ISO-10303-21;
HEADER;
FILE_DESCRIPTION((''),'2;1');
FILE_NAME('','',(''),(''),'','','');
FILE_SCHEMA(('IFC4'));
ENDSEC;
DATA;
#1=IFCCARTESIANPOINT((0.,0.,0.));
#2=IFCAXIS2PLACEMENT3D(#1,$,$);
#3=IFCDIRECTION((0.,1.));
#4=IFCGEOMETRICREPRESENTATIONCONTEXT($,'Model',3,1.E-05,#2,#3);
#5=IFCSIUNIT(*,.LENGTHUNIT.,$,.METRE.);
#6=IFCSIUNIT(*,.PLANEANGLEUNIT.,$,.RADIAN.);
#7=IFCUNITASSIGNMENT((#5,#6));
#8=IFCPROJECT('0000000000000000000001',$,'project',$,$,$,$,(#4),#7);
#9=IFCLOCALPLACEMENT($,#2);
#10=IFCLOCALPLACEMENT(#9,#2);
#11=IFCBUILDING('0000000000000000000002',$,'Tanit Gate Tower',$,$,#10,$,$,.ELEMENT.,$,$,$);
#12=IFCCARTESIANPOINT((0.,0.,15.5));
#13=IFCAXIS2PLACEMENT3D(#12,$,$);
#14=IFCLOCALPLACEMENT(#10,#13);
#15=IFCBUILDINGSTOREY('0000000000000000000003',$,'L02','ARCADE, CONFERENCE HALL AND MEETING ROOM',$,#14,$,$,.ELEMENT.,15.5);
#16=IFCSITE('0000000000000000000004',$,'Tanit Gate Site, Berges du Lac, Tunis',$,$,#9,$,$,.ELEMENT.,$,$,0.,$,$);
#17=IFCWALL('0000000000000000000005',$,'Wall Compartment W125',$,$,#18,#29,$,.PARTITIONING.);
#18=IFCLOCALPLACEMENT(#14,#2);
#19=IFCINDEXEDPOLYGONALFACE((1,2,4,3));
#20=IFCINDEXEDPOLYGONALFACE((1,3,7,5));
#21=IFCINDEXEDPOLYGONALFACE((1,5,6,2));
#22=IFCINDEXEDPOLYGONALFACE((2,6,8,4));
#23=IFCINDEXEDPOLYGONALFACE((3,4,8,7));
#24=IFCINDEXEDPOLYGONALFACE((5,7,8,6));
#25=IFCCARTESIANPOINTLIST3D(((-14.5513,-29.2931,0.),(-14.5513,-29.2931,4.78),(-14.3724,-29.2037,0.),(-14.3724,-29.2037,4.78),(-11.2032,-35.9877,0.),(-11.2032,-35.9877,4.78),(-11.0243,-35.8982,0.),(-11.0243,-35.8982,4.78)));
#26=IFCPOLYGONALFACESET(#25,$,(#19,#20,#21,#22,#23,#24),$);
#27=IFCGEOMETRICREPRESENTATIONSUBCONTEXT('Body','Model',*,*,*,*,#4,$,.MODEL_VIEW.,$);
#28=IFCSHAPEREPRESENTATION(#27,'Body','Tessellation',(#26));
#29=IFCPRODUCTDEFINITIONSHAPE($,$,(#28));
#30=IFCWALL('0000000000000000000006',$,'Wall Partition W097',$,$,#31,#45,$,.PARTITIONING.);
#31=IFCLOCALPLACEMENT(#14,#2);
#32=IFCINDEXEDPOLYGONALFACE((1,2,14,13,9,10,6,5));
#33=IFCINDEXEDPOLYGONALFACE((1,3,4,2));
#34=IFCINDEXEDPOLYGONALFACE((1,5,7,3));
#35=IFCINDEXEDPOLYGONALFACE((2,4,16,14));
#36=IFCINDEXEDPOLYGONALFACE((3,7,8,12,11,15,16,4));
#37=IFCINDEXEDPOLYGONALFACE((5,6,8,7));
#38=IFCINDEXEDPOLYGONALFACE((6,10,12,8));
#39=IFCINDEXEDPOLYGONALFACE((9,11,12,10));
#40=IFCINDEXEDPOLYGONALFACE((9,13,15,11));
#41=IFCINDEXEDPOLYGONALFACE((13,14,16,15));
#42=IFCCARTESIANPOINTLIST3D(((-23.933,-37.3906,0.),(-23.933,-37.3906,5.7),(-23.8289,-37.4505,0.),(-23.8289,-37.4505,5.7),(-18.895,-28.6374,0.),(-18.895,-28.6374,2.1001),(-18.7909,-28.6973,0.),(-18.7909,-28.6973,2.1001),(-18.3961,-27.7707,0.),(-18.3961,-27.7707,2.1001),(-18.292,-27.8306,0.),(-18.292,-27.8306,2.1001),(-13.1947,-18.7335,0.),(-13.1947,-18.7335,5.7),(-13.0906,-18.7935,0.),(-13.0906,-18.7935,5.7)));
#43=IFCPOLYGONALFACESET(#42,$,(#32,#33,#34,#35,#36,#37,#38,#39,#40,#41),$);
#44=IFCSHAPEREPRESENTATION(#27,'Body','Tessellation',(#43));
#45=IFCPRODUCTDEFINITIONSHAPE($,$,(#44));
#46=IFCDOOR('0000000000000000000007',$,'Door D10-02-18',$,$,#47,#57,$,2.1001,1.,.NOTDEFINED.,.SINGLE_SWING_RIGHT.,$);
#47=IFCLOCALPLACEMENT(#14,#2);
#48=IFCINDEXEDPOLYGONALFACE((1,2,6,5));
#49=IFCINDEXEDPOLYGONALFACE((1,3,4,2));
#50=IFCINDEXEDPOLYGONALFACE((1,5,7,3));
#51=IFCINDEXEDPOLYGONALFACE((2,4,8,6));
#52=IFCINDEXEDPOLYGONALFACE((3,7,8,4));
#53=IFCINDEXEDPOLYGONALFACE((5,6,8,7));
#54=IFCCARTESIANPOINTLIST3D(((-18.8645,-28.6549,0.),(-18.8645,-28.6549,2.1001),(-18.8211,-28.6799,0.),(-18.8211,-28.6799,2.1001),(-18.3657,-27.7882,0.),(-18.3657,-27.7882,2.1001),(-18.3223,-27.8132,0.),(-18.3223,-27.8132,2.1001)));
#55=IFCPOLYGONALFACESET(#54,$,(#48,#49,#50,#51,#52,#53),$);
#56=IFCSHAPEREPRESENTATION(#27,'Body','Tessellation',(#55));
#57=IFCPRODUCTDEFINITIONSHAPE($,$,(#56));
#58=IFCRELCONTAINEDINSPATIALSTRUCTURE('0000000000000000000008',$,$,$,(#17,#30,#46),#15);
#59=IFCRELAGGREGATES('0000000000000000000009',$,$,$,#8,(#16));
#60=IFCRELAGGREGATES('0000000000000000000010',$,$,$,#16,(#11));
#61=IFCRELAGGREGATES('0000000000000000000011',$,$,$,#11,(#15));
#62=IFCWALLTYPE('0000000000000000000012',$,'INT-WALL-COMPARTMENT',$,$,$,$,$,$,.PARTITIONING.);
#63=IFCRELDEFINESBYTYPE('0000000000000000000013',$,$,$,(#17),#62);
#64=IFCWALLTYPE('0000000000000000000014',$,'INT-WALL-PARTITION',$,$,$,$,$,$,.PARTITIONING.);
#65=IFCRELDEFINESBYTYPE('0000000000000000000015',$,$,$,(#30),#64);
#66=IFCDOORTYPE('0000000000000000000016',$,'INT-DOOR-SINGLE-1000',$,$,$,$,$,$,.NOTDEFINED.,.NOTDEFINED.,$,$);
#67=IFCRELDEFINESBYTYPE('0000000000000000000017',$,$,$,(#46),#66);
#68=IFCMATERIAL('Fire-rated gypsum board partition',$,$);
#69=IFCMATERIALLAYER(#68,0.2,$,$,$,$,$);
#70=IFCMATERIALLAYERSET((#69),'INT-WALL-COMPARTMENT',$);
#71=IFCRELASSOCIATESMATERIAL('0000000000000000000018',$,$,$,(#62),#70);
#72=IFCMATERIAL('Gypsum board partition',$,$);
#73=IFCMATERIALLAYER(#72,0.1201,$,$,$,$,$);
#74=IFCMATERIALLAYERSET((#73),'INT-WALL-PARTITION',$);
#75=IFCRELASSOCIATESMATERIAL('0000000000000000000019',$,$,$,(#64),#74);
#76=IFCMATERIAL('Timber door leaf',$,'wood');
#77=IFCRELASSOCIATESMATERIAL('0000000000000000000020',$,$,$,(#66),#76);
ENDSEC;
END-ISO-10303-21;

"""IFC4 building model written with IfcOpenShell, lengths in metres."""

from ifc_helpers import new_model, si_unit, direction, frame, frame_2d, origin, place, context, subcontext, project, spatial, rectangle, extrude, material, layer, layer_set, type_object, element, fill, save


model = new_model("IFC4")

# Units and contexts
model_context = context("Model", 3, precision=1e-05, world=origin(), true_north=direction((0.0, 1.0)))
body_context = subcontext(model_context, "Body", "Model", "MODEL_VIEW")
ifc_project = project(units=[si_unit("LENGTHUNIT", "METRE"), si_unit("PLANEANGLEUNIT", "RADIAN")], contexts=[model_context])

# Site, building, storey
site_placement = place(None, origin())
site = spatial("IfcSite", under=ifc_project, at=site_placement, Name="Tanit Gate Site, Berges du Lac, Tunis", CompositionType="ELEMENT", RefElevation=0.0)
building_placement = place(site_placement, origin())
building = spatial("IfcBuilding", under=site, at=building_placement, Name="Tanit Gate Tower", CompositionType="ELEMENT")
storey_placement = place(building_placement, frame((0.0, 0.0, 15.5)))
storey = spatial("IfcBuildingStorey", under=building, at=storey_placement, Name="L02", Description="ARCADE, CONFERENCE HALL AND MEETING ROOM", CompositionType="ELEMENT", Elevation=15.5)

# Shared definitions
ifc_material_1 = material(Name="Fire-rated gypsum board partition")
ifc_layer_1 = layer(ifc_material_1, 0.2)
ifc_layer_set_1 = layer_set([ifc_layer_1], Name="INT-WALL-COMPARTMENT")
wall_type_1 = type_object("IfcWallType", Name="INT-WALL-COMPARTMENT", PredefinedType="PARTITIONING", material=ifc_layer_set_1)

# Wall
wall_1_placement = place(storey_placement, frame((-14.4619, -29.2483, 0.0), z_axis=(0.0, 0.0, 1.0), x_axis=(0.447305, -0.894382, 0.0)))
element("IfcWall", 1, at=wall_1_placement, inside=storey, type_object=wall_type_1, Name="Wall Compartment W125", PredefinedType="PARTITIONING", context=body_context, shape_type="SweptSolid", body=[
    extrude(rectangle(XDim=7.4851, YDim=0.2, at=frame_2d((3.7427, 0.0))), origin(), (0.0, 0.0, 1.0), 4.78),
])

# Wall, opening, door
ifc_material_2 = material(Name="Gypsum board partition")
ifc_layer_2 = layer(ifc_material_2, 0.1201)
ifc_layer_set_2 = layer_set([ifc_layer_2], Name="INT-WALL-PARTITION")
wall_type_2 = type_object("IfcWallType", Name="INT-WALL-PARTITION", PredefinedType="PARTITIONING", material=ifc_layer_set_2)
wall_2_placement = place(storey_placement, frame((-23.8809, -37.4204, 0.0), z_axis=(0.0, 0.0, 1.0), x_axis=(0.498838, 0.866695, 0.0)))
wall_2 = element("IfcWall", 2, at=wall_2_placement, inside=storey, type_object=wall_type_2, Name="Wall Partition W097", PredefinedType="PARTITIONING", context=body_context, shape_type="SweptSolid", body=[
    extrude(rectangle(XDim=21.5266, YDim=0.1201, at=frame_2d((10.7632, 0.0))), origin(), (0.0, 0.0, 1.0), 5.7),
])
opening_1_placement = place(wall_2_placement, frame((10.0994, 0.0, 0.0)))
opening_1 = element("IfcOpeningElement", 3, at=opening_1_placement, cuts=wall_2, PredefinedType="OPENING", context=body_context, shape_type="SweptSolid", body=[
    extrude(rectangle(XDim=1.0, YDim=2.1001, at=frame_2d((0.5, 1.05))), frame((0.0, 0.0701, 0.0), z_axis=(0.0, -1.0, 0.0), x_axis=(1.0, 0.0, 0.0)), (0.0, 0.0, 1.0), 0.1401),
])
ifc_material_3 = material(Name="Timber door leaf", Category="wood")
door_type_1 = type_object("IfcDoorType", Name="INT-DOOR-SINGLE-1000", OperationType="NOTDEFINED", PredefinedType="NOTDEFINED", material=ifc_material_3)
door_1_placement = place(opening_1_placement, origin())
door_1 = element("IfcDoor", 4, at=door_1_placement, inside=storey, type_object=door_type_1, Name="Door D10-02-18", OperationType="SINGLE_SWING_RIGHT", OverallHeight=2.1001, OverallWidth=1.0, PredefinedType="NOTDEFINED", context=body_context, shape_type="SweptSolid", body=[
    extrude(rectangle(XDim=1.0, YDim=2.1001, at=frame_2d((0.5, 1.05))), frame((0.0, 0.0249, 0.0), z_axis=(0.0, -1.0, 0.0), x_axis=(1.0, 0.0, 0.0)), (0.0, 0.0, 1.0), 0.05),
])
fill(opening_1, door_1)

save(model, "model.ifc")
